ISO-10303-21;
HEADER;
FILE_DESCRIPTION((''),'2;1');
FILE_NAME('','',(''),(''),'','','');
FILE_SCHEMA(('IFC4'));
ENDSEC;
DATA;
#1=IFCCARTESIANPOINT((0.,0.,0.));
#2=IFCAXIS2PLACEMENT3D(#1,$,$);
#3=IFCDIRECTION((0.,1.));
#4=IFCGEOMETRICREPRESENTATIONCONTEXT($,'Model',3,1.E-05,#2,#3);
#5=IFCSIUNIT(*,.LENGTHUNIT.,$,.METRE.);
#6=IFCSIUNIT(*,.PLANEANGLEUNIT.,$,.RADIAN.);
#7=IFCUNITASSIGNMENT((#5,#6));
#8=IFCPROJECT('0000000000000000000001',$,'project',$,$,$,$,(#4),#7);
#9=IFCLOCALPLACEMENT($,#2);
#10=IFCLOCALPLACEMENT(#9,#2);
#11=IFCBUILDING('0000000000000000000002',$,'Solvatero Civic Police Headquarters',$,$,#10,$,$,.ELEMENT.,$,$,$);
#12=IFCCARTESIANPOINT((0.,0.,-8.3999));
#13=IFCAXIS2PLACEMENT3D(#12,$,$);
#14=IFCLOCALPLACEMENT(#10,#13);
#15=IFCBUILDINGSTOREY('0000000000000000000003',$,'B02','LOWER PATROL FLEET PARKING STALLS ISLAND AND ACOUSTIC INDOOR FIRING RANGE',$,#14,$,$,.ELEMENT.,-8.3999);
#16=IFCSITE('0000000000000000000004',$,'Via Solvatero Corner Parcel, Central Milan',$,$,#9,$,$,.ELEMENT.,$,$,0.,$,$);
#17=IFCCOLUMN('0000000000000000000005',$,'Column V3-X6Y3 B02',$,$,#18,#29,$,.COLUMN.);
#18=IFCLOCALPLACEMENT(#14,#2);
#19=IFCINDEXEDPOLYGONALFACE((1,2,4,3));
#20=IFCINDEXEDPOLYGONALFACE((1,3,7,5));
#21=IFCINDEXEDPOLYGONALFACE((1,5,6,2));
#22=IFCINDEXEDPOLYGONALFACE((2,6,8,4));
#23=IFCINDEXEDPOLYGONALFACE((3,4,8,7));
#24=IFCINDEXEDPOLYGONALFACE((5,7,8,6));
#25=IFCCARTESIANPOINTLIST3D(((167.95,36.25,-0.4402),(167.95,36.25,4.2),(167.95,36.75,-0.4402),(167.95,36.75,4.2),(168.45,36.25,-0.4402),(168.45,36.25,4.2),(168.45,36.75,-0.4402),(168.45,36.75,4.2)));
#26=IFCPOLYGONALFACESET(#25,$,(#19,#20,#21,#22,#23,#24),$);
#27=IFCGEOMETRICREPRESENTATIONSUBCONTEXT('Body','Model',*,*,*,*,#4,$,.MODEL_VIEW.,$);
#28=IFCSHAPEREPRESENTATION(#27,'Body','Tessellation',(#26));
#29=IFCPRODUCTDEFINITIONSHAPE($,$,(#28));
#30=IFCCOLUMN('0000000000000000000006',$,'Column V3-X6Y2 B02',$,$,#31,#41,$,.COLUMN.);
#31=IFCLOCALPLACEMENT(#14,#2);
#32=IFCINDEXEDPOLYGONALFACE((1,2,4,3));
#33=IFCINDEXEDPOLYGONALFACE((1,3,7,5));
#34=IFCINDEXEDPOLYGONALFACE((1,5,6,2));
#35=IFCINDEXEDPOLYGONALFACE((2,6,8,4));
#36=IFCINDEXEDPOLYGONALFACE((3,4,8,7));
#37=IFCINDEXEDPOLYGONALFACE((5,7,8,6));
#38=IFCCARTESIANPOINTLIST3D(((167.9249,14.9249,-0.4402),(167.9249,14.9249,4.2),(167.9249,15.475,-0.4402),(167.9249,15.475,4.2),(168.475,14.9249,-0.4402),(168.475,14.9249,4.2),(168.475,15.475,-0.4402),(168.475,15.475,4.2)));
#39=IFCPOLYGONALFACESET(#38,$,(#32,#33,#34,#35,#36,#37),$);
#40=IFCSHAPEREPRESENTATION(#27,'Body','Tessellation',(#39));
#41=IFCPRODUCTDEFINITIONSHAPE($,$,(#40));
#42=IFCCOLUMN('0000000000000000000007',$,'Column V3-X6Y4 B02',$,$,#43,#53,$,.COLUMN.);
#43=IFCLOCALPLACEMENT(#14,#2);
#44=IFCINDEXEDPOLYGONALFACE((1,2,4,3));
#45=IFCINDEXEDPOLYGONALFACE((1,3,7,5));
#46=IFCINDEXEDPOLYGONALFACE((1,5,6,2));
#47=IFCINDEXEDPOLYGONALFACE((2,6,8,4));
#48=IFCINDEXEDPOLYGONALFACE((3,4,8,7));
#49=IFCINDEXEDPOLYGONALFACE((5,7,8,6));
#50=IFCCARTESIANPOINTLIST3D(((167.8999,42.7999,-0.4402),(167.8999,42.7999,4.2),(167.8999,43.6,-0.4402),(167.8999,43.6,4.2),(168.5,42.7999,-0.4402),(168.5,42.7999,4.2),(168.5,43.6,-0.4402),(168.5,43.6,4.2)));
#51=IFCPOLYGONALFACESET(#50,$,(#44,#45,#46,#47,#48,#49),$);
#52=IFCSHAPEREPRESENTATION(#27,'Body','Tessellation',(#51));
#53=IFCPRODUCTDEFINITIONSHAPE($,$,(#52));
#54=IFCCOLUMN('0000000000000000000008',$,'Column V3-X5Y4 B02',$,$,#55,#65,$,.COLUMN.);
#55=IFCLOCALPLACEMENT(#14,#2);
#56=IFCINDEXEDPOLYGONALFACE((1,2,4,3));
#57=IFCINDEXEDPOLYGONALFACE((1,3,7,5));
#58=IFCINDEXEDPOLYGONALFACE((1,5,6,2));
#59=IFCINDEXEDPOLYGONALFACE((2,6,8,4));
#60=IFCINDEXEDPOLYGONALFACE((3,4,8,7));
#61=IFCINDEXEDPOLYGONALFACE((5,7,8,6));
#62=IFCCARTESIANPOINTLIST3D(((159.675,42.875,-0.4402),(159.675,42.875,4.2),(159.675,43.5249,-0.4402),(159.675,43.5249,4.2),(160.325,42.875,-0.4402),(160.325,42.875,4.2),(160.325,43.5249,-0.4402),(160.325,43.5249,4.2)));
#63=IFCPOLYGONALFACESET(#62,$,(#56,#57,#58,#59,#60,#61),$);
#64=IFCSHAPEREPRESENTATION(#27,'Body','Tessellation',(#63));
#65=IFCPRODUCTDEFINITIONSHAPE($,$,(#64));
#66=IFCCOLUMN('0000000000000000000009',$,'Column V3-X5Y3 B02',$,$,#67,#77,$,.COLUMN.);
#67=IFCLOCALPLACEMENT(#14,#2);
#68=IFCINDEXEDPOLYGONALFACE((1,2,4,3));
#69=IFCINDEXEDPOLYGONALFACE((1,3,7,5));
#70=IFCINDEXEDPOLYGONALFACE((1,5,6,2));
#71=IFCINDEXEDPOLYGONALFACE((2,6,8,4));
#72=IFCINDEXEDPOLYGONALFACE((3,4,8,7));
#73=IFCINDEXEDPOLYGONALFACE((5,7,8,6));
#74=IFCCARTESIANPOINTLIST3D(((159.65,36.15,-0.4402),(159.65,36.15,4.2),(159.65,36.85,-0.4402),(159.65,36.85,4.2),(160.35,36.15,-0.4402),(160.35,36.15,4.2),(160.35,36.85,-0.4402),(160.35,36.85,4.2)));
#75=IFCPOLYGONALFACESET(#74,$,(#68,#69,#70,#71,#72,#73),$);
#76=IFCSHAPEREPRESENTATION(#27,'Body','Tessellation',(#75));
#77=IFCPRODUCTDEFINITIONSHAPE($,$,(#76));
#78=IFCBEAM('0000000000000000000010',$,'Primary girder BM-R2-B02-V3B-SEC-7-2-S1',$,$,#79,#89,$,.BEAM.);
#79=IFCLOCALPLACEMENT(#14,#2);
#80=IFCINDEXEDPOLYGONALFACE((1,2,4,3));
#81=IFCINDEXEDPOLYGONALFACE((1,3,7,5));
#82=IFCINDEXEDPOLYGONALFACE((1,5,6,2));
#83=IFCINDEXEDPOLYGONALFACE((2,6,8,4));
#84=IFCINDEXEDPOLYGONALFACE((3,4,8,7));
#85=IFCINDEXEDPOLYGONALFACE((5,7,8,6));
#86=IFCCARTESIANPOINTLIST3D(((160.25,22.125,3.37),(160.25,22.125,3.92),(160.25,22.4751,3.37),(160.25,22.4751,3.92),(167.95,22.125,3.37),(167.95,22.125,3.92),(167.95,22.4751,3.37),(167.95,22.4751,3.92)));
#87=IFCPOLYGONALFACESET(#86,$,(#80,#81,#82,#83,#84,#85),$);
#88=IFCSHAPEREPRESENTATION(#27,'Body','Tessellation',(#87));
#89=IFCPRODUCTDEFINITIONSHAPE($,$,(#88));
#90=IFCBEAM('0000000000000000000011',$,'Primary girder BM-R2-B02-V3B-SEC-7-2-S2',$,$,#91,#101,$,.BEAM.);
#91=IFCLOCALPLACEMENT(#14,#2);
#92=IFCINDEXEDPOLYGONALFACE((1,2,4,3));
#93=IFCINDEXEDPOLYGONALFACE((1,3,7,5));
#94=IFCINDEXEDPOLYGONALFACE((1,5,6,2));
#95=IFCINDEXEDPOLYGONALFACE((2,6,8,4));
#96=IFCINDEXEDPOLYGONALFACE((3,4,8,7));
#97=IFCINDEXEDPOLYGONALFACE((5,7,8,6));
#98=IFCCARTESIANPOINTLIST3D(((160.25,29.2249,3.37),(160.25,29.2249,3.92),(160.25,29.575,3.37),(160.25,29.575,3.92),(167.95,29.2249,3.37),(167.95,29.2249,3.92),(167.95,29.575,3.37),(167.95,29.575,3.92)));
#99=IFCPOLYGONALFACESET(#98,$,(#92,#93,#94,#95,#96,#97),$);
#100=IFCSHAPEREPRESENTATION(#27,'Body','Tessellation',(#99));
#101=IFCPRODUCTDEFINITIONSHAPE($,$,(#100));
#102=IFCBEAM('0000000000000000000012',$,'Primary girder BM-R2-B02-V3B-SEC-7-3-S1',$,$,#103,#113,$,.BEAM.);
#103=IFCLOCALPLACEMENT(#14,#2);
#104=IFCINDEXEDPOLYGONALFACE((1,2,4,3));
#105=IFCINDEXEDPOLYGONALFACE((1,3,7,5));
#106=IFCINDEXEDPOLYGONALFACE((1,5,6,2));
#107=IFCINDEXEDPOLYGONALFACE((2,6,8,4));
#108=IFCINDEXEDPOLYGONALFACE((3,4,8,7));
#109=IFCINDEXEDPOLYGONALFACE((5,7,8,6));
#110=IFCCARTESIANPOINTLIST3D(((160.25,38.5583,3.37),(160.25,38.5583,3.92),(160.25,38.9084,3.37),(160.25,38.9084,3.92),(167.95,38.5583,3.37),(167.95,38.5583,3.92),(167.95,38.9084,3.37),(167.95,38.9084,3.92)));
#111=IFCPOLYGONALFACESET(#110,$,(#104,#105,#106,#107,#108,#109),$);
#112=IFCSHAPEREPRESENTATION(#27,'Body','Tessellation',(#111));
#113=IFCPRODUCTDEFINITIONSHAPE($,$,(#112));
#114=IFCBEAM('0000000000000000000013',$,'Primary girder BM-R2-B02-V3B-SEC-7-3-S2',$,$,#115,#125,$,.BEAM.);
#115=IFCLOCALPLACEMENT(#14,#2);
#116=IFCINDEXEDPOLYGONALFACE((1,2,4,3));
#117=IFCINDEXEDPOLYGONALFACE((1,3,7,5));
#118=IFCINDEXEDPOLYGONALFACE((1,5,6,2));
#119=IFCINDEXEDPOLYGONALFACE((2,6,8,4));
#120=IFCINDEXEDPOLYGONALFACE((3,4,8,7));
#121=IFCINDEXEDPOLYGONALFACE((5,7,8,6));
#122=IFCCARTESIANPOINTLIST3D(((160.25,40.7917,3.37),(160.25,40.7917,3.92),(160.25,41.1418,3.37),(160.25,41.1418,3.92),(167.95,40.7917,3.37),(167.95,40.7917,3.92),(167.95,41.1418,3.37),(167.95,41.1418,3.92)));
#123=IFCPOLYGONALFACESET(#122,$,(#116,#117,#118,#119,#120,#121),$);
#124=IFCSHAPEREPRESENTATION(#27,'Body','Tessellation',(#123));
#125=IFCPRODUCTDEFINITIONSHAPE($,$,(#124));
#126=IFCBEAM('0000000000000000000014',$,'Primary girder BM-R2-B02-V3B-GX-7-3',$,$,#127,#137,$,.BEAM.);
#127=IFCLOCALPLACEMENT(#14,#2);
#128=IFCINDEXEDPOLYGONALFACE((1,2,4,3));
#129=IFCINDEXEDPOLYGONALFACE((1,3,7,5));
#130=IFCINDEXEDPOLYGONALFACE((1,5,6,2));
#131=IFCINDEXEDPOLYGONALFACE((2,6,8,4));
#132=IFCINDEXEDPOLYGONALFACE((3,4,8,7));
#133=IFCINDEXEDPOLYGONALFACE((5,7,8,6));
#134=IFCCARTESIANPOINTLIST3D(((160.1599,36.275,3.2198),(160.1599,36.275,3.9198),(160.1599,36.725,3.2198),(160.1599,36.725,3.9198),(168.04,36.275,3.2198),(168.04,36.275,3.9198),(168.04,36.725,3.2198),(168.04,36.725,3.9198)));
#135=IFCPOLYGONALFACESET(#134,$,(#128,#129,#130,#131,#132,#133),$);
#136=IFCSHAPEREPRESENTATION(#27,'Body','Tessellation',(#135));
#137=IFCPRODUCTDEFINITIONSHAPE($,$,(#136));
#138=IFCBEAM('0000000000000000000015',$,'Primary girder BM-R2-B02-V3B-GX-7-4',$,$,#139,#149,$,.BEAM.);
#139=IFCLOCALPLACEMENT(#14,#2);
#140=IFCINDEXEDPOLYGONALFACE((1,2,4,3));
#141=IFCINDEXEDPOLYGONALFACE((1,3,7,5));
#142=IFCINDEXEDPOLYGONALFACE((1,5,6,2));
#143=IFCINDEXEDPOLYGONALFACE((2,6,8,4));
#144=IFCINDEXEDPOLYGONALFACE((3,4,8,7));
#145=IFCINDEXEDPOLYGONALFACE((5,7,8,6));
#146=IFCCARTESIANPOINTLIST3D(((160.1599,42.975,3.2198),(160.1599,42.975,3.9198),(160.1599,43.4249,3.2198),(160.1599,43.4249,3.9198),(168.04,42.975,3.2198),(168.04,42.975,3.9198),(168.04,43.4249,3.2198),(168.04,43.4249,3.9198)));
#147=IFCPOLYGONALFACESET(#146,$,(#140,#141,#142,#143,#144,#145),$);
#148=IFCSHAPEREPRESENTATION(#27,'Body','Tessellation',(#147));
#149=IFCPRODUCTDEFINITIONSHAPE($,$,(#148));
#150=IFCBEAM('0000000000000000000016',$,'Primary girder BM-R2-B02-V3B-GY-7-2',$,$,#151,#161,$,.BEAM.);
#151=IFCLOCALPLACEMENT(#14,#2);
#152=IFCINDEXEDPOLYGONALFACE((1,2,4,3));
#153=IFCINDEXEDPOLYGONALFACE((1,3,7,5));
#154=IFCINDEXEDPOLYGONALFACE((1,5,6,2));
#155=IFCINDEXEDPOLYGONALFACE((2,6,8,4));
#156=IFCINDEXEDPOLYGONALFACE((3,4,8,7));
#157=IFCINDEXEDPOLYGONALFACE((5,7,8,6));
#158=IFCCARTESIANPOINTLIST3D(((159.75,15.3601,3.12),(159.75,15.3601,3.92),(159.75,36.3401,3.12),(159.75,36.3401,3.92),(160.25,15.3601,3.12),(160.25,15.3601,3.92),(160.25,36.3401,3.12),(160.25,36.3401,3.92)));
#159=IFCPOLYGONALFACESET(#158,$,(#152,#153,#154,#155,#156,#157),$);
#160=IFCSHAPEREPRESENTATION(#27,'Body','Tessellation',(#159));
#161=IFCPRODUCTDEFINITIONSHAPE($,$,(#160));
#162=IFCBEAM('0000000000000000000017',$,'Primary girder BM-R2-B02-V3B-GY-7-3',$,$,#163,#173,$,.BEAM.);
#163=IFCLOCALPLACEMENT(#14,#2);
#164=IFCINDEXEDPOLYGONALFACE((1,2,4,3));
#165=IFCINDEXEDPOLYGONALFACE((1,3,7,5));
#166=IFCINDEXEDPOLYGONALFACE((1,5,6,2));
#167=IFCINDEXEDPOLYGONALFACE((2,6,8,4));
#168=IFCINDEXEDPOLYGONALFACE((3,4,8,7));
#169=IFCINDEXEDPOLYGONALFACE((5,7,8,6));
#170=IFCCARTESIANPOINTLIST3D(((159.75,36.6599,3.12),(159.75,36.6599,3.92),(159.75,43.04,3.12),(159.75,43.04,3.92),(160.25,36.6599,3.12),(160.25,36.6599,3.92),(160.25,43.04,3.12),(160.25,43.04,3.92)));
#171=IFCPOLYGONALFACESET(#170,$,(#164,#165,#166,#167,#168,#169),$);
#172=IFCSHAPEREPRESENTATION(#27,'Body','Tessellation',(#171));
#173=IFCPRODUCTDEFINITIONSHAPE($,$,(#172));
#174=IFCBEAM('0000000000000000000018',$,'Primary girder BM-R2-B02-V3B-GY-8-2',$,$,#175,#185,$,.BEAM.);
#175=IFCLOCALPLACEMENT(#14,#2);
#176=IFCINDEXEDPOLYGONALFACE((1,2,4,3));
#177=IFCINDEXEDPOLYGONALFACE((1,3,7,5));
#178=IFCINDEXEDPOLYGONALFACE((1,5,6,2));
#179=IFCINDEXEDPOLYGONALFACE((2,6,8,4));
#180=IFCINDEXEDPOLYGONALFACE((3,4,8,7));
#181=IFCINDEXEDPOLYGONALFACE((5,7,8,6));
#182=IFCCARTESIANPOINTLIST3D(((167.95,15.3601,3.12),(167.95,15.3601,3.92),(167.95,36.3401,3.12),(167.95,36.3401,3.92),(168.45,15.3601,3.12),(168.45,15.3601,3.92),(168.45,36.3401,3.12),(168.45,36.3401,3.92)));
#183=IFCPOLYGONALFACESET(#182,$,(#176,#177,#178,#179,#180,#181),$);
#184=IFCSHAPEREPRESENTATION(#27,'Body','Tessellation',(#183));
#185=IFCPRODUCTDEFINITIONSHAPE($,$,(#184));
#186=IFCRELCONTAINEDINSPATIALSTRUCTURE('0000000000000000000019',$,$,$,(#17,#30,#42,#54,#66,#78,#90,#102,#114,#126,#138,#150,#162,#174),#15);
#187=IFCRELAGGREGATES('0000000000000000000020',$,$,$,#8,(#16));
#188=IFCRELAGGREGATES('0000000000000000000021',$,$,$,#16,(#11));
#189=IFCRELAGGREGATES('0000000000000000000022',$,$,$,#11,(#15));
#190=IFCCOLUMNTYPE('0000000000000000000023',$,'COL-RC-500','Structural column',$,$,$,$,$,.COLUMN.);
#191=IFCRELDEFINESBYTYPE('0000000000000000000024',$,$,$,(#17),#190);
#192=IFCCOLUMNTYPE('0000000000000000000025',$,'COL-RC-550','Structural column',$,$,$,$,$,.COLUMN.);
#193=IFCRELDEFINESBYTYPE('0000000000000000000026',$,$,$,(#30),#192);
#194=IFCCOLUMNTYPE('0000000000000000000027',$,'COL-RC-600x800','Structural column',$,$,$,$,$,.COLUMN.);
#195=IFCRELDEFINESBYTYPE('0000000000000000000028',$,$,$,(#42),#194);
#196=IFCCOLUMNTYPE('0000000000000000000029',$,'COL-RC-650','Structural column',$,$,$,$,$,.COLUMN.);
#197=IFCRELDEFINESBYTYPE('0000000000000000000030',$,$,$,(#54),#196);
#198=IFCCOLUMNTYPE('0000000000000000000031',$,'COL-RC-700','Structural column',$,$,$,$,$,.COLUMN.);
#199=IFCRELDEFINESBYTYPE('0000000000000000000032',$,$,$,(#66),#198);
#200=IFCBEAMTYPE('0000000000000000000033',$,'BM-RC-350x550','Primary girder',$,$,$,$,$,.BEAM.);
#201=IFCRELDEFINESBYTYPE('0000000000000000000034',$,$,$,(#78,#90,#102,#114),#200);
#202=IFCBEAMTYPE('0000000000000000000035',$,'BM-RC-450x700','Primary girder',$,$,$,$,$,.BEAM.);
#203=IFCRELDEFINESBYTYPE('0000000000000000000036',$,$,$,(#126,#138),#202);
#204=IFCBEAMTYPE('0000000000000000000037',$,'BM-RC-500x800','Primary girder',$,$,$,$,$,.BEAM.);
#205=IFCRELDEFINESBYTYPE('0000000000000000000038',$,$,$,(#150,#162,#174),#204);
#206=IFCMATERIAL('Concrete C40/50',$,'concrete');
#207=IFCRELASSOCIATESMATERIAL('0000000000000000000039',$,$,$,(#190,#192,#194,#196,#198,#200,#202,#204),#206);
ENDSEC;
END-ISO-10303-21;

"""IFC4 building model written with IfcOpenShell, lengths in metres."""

from ifc_helpers import new_model, si_unit, direction, frame, origin, origin_2d, place, context, subcontext, project, spatial, rectangle, extrude, material, material_profile, profile_set, type_object, element, save


model = new_model("IFC4")

# Units and contexts
model_context = context("Model", 3, precision=1e-05, world=origin(), true_north=direction((0.0, 1.0)))
body_context = subcontext(model_context, "Body", "Model", "MODEL_VIEW")
ifc_project = project(units=[si_unit("LENGTHUNIT", "METRE"), si_unit("PLANEANGLEUNIT", "RADIAN")], contexts=[model_context])

# Site, building, storey
site_placement = place(None, origin())
site = spatial("IfcSite", under=ifc_project, at=site_placement, Name="Via Solvatero Corner Parcel, Central Milan", CompositionType="ELEMENT", RefElevation=0.0)
building_placement = place(site_placement, origin())
building = spatial("IfcBuilding", under=site, at=building_placement, Name="Solvatero Civic Police Headquarters", CompositionType="ELEMENT")
storey_placement = place(building_placement, frame((0.0, 0.0, -8.3999)))
storey = spatial("IfcBuildingStorey", under=building, at=storey_placement, Name="B02", Description="LOWER PATROL FLEET PARKING STALLS ISLAND AND ACOUSTIC INDOOR FIRING RANGE", CompositionType="ELEMENT", Elevation=-8.3999)

# Columns
ifc_material_1 = material(Name="Concrete C40/50", Category="concrete")
ifc_material_profile_1 = material_profile(ifc_material_1, rectangle(XDim=0.5, YDim=0.5, at=origin_2d()), Name="RC 500x500")
ifc_profile_set_1 = profile_set([ifc_material_profile_1], Name="Concrete C40/50")
column_type_1 = type_object("IfcColumnType", Name="COL-RC-500", Description="Structural column", PredefinedType="COLUMN", material=ifc_profile_set_1)
column_1_placement = place(storey_placement, frame((168.2, 36.5, -0.4402), z_axis=(0.0, 0.0, 1.0), x_axis=(1.0, 0.0, 0.0)))
element("IfcColumn", 1, at=column_1_placement, inside=storey, type_object=column_type_1, Name="Column V3-X6Y3 B02", PredefinedType="COLUMN", context=body_context, shape_type="SweptSolid", body=[
    extrude(rectangle(XDim=0.5, YDim=0.5, at=origin_2d()), origin(), (0.0, 0.0, 1.0), 4.6401),
])
ifc_material_profile_2 = material_profile(ifc_material_1, rectangle(XDim=0.55, YDim=0.55, at=origin_2d()), Name="RC 550x550")
ifc_profile_set_2 = profile_set([ifc_material_profile_2], Name="Concrete C40/50")
column_type_2 = type_object("IfcColumnType", Name="COL-RC-550", Description="Structural column", PredefinedType="COLUMN", material=ifc_profile_set_2)
column_2_placement = place(storey_placement, frame((168.2, 15.2, -0.4402), z_axis=(0.0, 0.0, 1.0), x_axis=(1.0, 0.0, 0.0)))
element("IfcColumn", 2, at=column_2_placement, inside=storey, type_object=column_type_2, Name="Column V3-X6Y2 B02", PredefinedType="COLUMN", context=body_context, shape_type="SweptSolid", body=[
    extrude(rectangle(XDim=0.55, YDim=0.55, at=origin_2d()), origin(), (0.0, 0.0, 1.0), 4.6401),
])
ifc_material_profile_3 = material_profile(ifc_material_1, rectangle(XDim=0.6001, YDim=0.8, at=origin_2d()), Name="RC 600x800")
ifc_profile_set_3 = profile_set([ifc_material_profile_3], Name="Concrete C40/50")
column_type_3 = type_object("IfcColumnType", Name="COL-RC-600x800", Description="Structural column", PredefinedType="COLUMN", material=ifc_profile_set_3)
column_3_placement = place(storey_placement, frame((168.2, 43.2, -0.4402), z_axis=(0.0, 0.0, 1.0), x_axis=(1.0, 0.0, 0.0)))
element("IfcColumn", 3, at=column_3_placement, inside=storey, type_object=column_type_3, Name="Column V3-X6Y4 B02", PredefinedType="COLUMN", context=body_context, shape_type="SweptSolid", body=[
    extrude(rectangle(XDim=0.6001, YDim=0.8, at=origin_2d()), origin(), (0.0, 0.0, 1.0), 4.6401),
])
ifc_material_profile_4 = material_profile(ifc_material_1, rectangle(XDim=0.6499, YDim=0.6499, at=origin_2d()), Name="RC 650x650")
ifc_profile_set_4 = profile_set([ifc_material_profile_4], Name="Concrete C40/50")
column_type_4 = type_object("IfcColumnType", Name="COL-RC-650", Description="Structural column", PredefinedType="COLUMN", material=ifc_profile_set_4)
column_4_placement = place(storey_placement, frame((160.0, 43.2, -0.4402), z_axis=(0.0, 0.0, 1.0), x_axis=(1.0, 0.0, 0.0)))
element("IfcColumn", 4, at=column_4_placement, inside=storey, type_object=column_type_4, Name="Column V3-X5Y4 B02", PredefinedType="COLUMN", context=body_context, shape_type="SweptSolid", body=[
    extrude(rectangle(XDim=0.6499, YDim=0.6499, at=origin_2d()), origin(), (0.0, 0.0, 1.0), 4.6401),
])
ifc_material_profile_5 = material_profile(ifc_material_1, rectangle(XDim=0.7, YDim=0.7, at=origin_2d()), Name="RC 700x700")
ifc_profile_set_5 = profile_set([ifc_material_profile_5], Name="Concrete C40/50")
column_type_5 = type_object("IfcColumnType", Name="COL-RC-700", Description="Structural column", PredefinedType="COLUMN", material=ifc_profile_set_5)
column_5_placement = place(storey_placement, frame((160.0, 36.5, -0.4402), z_axis=(0.0, 0.0, 1.0), x_axis=(1.0, 0.0, 0.0)))
element("IfcColumn", 5, at=column_5_placement, inside=storey, type_object=column_type_5, Name="Column V3-X5Y3 B02", PredefinedType="COLUMN", context=body_context, shape_type="SweptSolid", body=[
    extrude(rectangle(XDim=0.7, YDim=0.7, at=origin_2d()), origin(), (0.0, 0.0, 1.0), 4.6401),
])

# Beams
ifc_material_profile_6 = material_profile(ifc_material_1, rectangle(XDim=0.3501, YDim=0.55, at=origin_2d()), Name="RC 350x550")
ifc_profile_set_6 = profile_set([ifc_material_profile_6], Name="Concrete C40/50")
beam_type_1 = type_object("IfcBeamType", Name="BM-RC-350x550", Description="Primary girder", PredefinedType="BEAM", material=ifc_profile_set_6)
for number, where, z_axis, x_axis, name in (
    (6, (160.25, 22.3, 3.645), (1.0, 0.0, 0.0), (0.0, 1.0, 0.0), "Primary girder BM-R2-B02-V3B-SEC-7-2-S1"),
    (7, (160.25, 29.3999, 3.645), (1.0, 0.0, 0.0), (0.0, 1.0, 0.0), "Primary girder BM-R2-B02-V3B-SEC-7-2-S2"),
    (8, (160.25, 38.7334, 3.645), (1.0, 0.0, 0.0), (0.0, 1.0, 0.0), "Primary girder BM-R2-B02-V3B-SEC-7-3-S1"),
    (9, (160.25, 40.9668, 3.645), (1.0, 0.0, 0.0), (0.0, 1.0, 0.0), "Primary girder BM-R2-B02-V3B-SEC-7-3-S2"),
):
    element("IfcBeam", number, at=place(storey_placement, frame(where, z_axis=z_axis, x_axis=x_axis)), inside=storey, type_object=beam_type_1, Name=name, PredefinedType="BEAM", context=body_context, shape_type="SweptSolid", body=[
        extrude(rectangle(XDim=0.3501, YDim=0.55, at=origin_2d()), origin(), (0.0, 0.0, 1.0), 7.7),
    ])
ifc_material_profile_7 = material_profile(ifc_material_1, rectangle(XDim=0.45, YDim=0.7, at=origin_2d()), Name="RC 450x700")
ifc_profile_set_7 = profile_set([ifc_material_profile_7], Name="Concrete C40/50")
beam_type_2 = type_object("IfcBeamType", Name="BM-RC-450x700", Description="Primary girder", PredefinedType="BEAM", material=ifc_profile_set_7)
for number, where, z_axis, x_axis, name in (
    (10, (160.1599, 36.5, 3.5698), (1.0, 0.0, 0.0), (0.0, 1.0, 0.0), "Primary girder BM-R2-B02-V3B-GX-7-3"),
    (11, (160.1599, 43.2, 3.5698), (1.0, 0.0, 0.0), (0.0, 1.0, 0.0), "Primary girder BM-R2-B02-V3B-GX-7-4"),
):
    element("IfcBeam", number, at=place(storey_placement, frame(where, z_axis=z_axis, x_axis=x_axis)), inside=storey, type_object=beam_type_2, Name=name, PredefinedType="BEAM", context=body_context, shape_type="SweptSolid", body=[
        extrude(rectangle(XDim=0.45, YDim=0.7, at=origin_2d()), origin(), (0.0, 0.0, 1.0), 7.8801),
    ])
ifc_material_profile_8 = material_profile(ifc_material_1, rectangle(XDim=0.5, YDim=0.8, at=origin_2d()), Name="RC 500x800")
ifc_profile_set_8 = profile_set([ifc_material_profile_8], Name="Concrete C40/50")
beam_type_3 = type_object("IfcBeamType", Name="BM-RC-500x800", Description="Primary girder", PredefinedType="BEAM", material=ifc_profile_set_8)
beam_1_placement = place(storey_placement, frame((160.0, 15.3601, 3.52), z_axis=(0.0, 1.0, 0.0), x_axis=(-1.0, 0.0, 0.0)))
element("IfcBeam", 12, at=beam_1_placement, inside=storey, type_object=beam_type_3, Name="Primary girder BM-R2-B02-V3B-GY-7-2", PredefinedType="BEAM", context=body_context, shape_type="SweptSolid", body=[
    extrude(rectangle(XDim=0.5, YDim=0.8, at=origin_2d()), origin(), (0.0, 0.0, 1.0), 20.98),
])
beam_2_placement = place(storey_placement, frame((160.0, 36.6599, 3.52), z_axis=(0.0, 1.0, 0.0), x_axis=(-1.0, 0.0, 0.0)))
element("IfcBeam", 13, at=beam_2_placement, inside=storey, type_object=beam_type_3, Name="Primary girder BM-R2-B02-V3B-GY-7-3", PredefinedType="BEAM", context=body_context, shape_type="SweptSolid", body=[
    extrude(rectangle(XDim=0.5, YDim=0.8, at=origin_2d()), origin(), (0.0, 0.0, 1.0), 6.3801),
])
beam_3_placement = place(storey_placement, frame((168.2, 15.3601, 3.52), z_axis=(0.0, 1.0, 0.0), x_axis=(-1.0, 0.0, 0.0)))
element("IfcBeam", 14, at=beam_3_placement, inside=storey, type_object=beam_type_3, Name="Primary girder BM-R2-B02-V3B-GY-8-2", PredefinedType="BEAM", context=body_context, shape_type="SweptSolid", body=[
    extrude(rectangle(XDim=0.5, YDim=0.8, at=origin_2d()), origin(), (0.0, 0.0, 1.0), 20.98),
])

save(model, "model.ifc")
